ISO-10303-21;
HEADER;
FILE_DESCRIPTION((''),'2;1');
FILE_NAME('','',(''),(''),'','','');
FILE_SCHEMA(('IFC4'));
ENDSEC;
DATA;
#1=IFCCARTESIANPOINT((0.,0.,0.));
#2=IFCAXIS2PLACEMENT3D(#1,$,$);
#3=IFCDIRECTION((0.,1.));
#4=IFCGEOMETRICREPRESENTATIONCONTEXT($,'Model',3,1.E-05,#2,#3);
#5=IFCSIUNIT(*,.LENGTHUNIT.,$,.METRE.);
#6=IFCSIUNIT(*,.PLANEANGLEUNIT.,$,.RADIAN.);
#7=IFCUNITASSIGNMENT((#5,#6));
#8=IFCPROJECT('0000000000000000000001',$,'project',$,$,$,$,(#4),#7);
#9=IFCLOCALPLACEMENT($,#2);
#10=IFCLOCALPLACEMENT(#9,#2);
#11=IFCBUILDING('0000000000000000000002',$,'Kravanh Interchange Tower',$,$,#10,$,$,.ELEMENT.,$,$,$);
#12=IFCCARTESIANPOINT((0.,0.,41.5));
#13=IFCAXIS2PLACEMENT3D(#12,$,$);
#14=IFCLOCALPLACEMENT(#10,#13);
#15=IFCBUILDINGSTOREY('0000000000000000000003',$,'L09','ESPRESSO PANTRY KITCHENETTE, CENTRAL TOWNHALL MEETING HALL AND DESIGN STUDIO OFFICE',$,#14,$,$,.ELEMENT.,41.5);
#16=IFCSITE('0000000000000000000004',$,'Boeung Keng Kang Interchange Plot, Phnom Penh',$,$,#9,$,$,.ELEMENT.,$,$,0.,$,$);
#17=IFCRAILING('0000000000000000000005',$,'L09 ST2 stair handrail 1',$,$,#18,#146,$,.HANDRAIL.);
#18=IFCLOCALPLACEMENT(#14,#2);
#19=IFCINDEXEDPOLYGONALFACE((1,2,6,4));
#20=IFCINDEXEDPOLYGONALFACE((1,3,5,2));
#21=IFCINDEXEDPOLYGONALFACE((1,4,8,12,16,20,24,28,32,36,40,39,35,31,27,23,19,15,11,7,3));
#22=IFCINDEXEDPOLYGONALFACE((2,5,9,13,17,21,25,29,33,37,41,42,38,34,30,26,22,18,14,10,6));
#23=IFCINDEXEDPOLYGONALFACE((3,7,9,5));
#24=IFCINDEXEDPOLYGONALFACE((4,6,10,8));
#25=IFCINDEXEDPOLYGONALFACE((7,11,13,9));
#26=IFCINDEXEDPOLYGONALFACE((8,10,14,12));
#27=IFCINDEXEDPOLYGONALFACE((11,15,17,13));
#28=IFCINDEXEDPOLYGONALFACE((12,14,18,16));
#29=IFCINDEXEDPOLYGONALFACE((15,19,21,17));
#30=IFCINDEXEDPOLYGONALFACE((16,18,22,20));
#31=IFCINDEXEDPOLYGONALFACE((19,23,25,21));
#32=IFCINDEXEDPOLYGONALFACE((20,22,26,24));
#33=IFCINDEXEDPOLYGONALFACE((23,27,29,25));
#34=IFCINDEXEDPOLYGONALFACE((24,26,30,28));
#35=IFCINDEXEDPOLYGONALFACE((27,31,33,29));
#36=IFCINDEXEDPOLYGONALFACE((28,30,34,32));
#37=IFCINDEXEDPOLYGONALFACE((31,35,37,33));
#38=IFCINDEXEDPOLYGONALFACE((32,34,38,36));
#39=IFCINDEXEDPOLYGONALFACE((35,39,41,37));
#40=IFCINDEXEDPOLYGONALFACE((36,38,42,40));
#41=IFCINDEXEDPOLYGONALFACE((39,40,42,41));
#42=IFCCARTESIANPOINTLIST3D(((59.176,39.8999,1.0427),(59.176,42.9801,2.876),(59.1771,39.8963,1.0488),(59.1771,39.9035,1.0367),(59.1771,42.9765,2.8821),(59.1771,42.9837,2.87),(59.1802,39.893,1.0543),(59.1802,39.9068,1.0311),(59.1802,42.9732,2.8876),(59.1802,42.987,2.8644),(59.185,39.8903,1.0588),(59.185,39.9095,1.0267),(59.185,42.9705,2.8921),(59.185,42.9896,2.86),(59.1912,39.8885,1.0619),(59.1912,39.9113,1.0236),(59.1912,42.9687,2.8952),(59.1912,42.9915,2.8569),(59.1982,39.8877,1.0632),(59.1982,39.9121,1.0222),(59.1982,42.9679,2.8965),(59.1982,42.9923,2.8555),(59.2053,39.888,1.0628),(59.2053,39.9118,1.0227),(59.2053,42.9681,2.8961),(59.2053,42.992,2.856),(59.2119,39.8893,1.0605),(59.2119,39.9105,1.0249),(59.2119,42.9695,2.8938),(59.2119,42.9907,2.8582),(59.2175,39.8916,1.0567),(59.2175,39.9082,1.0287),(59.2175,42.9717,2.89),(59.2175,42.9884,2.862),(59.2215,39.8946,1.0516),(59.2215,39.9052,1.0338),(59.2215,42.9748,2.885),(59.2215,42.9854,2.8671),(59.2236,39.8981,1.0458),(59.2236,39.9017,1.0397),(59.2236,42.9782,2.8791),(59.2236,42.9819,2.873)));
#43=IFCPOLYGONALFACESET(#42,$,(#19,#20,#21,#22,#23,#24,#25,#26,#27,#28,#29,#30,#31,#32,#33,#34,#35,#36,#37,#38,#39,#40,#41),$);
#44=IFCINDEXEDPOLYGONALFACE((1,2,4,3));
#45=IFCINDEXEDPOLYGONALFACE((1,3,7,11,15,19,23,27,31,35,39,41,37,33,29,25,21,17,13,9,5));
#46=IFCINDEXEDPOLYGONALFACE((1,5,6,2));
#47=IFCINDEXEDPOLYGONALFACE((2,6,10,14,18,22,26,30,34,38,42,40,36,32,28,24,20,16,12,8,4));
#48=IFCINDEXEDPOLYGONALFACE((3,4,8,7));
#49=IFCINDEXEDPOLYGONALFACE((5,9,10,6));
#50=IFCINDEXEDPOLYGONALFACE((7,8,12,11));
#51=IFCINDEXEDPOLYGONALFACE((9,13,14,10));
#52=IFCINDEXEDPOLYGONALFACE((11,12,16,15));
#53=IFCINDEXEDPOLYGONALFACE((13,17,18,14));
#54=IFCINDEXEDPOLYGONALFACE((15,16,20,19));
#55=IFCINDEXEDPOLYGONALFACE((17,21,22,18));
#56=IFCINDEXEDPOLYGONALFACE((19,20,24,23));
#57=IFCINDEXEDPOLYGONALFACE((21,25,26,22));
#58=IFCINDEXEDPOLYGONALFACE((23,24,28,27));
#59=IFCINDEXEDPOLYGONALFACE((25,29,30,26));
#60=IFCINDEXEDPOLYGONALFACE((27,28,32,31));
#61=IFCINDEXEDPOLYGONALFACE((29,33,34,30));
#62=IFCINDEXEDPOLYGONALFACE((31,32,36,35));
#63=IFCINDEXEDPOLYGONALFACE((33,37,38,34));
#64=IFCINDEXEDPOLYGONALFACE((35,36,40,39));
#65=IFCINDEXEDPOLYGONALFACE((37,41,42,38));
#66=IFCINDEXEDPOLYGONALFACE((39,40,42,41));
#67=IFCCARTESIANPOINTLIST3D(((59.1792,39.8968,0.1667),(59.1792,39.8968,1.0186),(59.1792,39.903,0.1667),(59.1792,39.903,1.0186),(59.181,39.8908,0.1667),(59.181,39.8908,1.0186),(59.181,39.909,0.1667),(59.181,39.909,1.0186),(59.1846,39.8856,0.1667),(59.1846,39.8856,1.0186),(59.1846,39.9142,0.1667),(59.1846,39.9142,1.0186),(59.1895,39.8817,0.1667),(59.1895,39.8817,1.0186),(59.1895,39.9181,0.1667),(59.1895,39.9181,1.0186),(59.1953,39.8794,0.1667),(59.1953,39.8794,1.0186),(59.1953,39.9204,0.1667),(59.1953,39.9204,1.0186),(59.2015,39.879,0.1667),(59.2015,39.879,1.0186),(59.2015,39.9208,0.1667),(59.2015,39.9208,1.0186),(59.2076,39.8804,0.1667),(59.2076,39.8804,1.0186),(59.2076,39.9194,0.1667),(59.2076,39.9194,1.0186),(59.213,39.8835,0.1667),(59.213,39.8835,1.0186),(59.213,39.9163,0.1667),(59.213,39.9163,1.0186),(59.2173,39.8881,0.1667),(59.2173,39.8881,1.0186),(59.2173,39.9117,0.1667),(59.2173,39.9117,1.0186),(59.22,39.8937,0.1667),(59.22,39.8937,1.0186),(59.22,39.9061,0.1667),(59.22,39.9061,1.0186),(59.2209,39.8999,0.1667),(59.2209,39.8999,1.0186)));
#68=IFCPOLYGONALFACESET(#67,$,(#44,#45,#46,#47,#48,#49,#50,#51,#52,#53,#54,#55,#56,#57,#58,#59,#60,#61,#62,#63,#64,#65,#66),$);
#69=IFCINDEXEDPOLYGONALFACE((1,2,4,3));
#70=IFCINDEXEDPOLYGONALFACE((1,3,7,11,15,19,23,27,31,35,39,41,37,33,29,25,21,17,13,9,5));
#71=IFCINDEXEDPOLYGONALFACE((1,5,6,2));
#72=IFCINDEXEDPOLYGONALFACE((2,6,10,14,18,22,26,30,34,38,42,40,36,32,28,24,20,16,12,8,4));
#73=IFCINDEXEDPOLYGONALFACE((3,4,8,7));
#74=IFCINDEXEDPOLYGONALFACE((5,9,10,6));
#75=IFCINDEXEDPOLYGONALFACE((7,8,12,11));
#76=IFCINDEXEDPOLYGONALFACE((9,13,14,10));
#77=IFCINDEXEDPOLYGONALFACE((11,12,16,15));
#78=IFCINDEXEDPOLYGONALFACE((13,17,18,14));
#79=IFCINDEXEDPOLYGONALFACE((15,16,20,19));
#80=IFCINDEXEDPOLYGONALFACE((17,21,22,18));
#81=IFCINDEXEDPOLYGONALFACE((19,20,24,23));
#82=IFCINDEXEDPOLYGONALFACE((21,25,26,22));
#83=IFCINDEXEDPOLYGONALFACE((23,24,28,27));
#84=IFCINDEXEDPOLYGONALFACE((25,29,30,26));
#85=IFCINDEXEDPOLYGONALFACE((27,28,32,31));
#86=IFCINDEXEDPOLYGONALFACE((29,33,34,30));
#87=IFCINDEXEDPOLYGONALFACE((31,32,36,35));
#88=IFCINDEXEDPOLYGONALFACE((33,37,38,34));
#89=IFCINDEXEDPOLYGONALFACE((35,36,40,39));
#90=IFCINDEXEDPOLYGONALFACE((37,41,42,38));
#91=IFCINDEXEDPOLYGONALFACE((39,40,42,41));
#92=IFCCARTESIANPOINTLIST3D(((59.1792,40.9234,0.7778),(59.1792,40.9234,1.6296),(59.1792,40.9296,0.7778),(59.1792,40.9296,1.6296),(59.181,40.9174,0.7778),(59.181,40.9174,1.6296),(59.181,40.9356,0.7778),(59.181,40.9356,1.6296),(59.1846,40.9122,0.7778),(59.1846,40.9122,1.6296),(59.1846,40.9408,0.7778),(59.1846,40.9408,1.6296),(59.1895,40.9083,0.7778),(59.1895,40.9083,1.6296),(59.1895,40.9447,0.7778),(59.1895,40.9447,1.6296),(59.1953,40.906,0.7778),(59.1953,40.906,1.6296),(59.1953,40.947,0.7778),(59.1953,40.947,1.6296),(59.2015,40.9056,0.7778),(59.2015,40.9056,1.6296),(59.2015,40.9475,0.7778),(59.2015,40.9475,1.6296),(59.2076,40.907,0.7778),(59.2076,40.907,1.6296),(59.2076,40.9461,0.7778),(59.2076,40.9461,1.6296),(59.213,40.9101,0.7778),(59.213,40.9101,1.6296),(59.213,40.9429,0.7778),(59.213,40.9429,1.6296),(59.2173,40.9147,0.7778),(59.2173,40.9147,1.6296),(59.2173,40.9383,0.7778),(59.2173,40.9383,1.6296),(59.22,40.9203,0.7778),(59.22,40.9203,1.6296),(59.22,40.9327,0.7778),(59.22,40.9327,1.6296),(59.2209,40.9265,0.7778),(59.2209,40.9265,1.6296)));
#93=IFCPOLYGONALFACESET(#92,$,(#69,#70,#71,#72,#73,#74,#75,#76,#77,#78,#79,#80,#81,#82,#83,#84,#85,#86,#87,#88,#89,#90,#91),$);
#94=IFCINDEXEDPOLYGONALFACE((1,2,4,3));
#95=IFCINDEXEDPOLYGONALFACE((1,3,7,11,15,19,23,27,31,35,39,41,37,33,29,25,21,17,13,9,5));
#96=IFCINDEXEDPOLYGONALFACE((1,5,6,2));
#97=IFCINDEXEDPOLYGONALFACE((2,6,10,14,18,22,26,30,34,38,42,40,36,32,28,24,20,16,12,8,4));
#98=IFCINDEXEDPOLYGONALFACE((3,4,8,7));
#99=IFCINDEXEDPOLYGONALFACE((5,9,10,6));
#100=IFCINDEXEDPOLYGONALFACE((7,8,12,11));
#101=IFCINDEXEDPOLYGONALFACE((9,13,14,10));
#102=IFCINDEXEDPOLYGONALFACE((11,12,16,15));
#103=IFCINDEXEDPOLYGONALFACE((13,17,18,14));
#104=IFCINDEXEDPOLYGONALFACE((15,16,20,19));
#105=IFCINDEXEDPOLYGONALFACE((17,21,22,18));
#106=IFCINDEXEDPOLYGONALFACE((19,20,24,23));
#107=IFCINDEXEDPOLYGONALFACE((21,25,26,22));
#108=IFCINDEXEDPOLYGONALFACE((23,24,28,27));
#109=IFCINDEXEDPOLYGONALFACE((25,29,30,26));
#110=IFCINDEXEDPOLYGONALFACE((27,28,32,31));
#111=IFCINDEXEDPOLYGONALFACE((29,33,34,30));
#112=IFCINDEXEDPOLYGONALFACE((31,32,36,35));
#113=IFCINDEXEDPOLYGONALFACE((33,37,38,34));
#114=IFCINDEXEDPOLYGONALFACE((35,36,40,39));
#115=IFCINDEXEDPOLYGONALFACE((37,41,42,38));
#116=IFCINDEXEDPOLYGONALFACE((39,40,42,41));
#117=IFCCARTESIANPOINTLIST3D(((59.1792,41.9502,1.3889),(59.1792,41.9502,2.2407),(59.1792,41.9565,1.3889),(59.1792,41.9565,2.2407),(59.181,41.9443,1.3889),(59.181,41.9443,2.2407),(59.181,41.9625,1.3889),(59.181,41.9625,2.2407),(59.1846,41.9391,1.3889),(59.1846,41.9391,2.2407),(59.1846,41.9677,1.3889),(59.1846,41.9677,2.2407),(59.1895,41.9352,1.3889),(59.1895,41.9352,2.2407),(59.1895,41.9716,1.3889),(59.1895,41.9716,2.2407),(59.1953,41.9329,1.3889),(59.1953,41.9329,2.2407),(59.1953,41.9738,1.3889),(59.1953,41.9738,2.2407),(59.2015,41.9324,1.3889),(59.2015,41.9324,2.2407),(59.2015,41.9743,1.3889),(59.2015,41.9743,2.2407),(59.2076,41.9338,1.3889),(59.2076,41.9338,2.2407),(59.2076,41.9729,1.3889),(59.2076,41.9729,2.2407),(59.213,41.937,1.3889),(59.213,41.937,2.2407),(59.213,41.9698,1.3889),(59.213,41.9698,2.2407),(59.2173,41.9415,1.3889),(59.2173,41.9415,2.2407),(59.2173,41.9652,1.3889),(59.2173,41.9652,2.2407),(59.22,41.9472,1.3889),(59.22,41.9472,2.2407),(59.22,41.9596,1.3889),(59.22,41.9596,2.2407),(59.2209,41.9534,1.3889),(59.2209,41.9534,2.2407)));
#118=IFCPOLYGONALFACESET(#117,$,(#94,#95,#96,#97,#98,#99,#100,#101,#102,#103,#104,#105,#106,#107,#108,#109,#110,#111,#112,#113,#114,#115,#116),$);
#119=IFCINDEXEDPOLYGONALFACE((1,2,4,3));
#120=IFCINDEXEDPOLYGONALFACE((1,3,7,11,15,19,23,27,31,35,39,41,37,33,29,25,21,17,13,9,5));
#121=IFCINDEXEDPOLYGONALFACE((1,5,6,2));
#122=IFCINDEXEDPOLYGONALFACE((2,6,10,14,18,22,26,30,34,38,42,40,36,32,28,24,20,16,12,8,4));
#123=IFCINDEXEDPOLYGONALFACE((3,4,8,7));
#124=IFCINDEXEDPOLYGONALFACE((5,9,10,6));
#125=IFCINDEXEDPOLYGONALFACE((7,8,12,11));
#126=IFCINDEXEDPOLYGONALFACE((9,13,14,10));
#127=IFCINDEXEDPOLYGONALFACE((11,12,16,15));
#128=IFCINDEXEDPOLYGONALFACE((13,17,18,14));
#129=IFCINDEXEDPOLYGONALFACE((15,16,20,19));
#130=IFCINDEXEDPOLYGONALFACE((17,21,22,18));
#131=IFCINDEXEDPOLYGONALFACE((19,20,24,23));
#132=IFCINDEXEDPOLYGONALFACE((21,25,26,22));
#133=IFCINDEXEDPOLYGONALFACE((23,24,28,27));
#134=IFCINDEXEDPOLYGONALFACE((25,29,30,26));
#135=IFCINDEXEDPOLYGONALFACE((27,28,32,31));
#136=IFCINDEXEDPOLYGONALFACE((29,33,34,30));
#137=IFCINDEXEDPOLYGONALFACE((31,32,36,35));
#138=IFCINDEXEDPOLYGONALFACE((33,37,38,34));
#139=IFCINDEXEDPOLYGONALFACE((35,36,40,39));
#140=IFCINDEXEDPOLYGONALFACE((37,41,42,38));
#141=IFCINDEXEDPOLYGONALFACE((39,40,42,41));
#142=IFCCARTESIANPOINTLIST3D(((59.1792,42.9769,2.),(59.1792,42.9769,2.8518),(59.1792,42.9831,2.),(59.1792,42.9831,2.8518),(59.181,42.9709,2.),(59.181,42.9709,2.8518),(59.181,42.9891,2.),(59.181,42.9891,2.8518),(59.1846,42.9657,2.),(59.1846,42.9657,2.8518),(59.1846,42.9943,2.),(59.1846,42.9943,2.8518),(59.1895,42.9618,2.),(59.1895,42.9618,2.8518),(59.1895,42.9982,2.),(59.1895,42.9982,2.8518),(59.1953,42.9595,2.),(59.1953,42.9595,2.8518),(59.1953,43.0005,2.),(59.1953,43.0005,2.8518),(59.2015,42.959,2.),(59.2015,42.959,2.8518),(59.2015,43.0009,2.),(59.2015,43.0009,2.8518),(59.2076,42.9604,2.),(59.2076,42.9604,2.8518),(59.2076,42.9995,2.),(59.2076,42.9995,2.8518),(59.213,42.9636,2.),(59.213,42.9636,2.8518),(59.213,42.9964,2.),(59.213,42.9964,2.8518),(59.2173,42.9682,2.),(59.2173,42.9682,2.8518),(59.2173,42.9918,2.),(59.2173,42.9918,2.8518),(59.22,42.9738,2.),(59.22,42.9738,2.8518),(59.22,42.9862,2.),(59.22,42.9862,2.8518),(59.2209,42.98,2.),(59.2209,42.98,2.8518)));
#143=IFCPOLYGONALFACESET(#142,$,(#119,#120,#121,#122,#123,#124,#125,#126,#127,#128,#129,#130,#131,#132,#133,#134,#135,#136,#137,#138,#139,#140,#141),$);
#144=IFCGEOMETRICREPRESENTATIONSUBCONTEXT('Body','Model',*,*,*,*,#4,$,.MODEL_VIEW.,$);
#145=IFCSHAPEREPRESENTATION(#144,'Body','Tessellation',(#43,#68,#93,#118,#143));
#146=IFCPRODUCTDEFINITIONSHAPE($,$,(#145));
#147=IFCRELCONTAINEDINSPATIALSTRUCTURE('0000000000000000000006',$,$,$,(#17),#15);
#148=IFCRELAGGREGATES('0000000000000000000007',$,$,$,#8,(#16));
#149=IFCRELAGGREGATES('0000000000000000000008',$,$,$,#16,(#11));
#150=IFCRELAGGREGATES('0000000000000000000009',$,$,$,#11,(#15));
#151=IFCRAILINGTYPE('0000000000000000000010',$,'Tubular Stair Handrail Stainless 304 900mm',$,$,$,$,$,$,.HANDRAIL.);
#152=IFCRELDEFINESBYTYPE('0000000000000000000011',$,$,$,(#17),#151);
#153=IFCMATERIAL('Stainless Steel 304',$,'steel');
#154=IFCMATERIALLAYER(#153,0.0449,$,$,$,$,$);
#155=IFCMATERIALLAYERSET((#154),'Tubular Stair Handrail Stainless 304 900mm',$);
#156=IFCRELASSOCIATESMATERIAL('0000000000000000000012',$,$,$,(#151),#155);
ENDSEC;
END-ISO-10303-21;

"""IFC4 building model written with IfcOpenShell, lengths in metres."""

from ifc_helpers import new_model, si_unit, direction, frame, origin, origin_2d, place, context, subcontext, project, spatial, circle, extrude, material, layer, layer_set, type_object, element, save


model = new_model("IFC4")

# Units and contexts
model_context = context("Model", 3, precision=1e-05, world=origin(), true_north=direction((0.0, 1.0)))
body_context = subcontext(model_context, "Body", "Model", "MODEL_VIEW")
ifc_project = project(units=[si_unit("LENGTHUNIT", "METRE"), si_unit("PLANEANGLEUNIT", "RADIAN")], contexts=[model_context])

# Site, building, storey
site_placement = place(None, origin())
site = spatial("IfcSite", under=ifc_project, at=site_placement, Name="Boeung Keng Kang Interchange Plot, Phnom Penh", CompositionType="ELEMENT", RefElevation=0.0)
building_placement = place(site_placement, origin())
building = spatial("IfcBuilding", under=site, at=building_placement, Name="Kravanh Interchange Tower", CompositionType="ELEMENT")
storey_placement = place(building_placement, frame((0.0, 0.0, 41.5)))
storey = spatial("IfcBuildingStorey", under=building, at=storey_placement, Name="L09", Description="ESPRESSO PANTRY KITCHENETTE, CENTRAL TOWNHALL MEETING HALL AND DESIGN STUDIO OFFICE", CompositionType="ELEMENT", Elevation=41.5)

# Railing
ifc_material_1 = material(Name="Stainless Steel 304", Category="steel")
ifc_layer_1 = layer(ifc_material_1, 0.0449)
ifc_layer_set_1 = layer_set([ifc_layer_1], Name="Tubular Stair Handrail Stainless 304 900mm")
railing_type_1 = type_object("IfcRailingType", Name="Tubular Stair Handrail Stainless 304 900mm", PredefinedType="HANDRAIL", material=ifc_layer_set_1)
railing_1_placement = place(storey_placement, frame((59.2, 39.8999, 0.1667)))
element("IfcRailing", 1, at=railing_1_placement, inside=storey, type_object=railing_type_1, Name="L09 ST2 stair handrail 1", PredefinedType="HANDRAIL", context=body_context, shape_type="SweptSolid", body=[
    extrude(circle(Radius=0.0239, at=origin_2d()), frame((0.0, 0.0, 0.876), z_axis=(0.0, 0.859309, 0.511458), x_axis=(-1.0, 0.0, 0.0)), (0.0, 0.0, 1.0), 3.5845),
    extrude(circle(Radius=0.021, at=origin_2d()), origin(), (0.0, 0.0, 1.0), 0.8518),
    extrude(circle(Radius=0.021, at=origin_2d()), frame((0.0, 1.0266, 0.6111)), (0.0, 0.0, 1.0), 0.8518),
    extrude(circle(Radius=0.021, at=origin_2d()), frame((0.0, 2.0535, 1.2222)), (0.0, 0.0, 1.0), 0.8518),
    extrude(circle(Radius=0.021, at=origin_2d()), frame((0.0, 3.0801, 1.8333)), (0.0, 0.0, 1.0), 0.8518),
])

save(model, "model.ifc")
